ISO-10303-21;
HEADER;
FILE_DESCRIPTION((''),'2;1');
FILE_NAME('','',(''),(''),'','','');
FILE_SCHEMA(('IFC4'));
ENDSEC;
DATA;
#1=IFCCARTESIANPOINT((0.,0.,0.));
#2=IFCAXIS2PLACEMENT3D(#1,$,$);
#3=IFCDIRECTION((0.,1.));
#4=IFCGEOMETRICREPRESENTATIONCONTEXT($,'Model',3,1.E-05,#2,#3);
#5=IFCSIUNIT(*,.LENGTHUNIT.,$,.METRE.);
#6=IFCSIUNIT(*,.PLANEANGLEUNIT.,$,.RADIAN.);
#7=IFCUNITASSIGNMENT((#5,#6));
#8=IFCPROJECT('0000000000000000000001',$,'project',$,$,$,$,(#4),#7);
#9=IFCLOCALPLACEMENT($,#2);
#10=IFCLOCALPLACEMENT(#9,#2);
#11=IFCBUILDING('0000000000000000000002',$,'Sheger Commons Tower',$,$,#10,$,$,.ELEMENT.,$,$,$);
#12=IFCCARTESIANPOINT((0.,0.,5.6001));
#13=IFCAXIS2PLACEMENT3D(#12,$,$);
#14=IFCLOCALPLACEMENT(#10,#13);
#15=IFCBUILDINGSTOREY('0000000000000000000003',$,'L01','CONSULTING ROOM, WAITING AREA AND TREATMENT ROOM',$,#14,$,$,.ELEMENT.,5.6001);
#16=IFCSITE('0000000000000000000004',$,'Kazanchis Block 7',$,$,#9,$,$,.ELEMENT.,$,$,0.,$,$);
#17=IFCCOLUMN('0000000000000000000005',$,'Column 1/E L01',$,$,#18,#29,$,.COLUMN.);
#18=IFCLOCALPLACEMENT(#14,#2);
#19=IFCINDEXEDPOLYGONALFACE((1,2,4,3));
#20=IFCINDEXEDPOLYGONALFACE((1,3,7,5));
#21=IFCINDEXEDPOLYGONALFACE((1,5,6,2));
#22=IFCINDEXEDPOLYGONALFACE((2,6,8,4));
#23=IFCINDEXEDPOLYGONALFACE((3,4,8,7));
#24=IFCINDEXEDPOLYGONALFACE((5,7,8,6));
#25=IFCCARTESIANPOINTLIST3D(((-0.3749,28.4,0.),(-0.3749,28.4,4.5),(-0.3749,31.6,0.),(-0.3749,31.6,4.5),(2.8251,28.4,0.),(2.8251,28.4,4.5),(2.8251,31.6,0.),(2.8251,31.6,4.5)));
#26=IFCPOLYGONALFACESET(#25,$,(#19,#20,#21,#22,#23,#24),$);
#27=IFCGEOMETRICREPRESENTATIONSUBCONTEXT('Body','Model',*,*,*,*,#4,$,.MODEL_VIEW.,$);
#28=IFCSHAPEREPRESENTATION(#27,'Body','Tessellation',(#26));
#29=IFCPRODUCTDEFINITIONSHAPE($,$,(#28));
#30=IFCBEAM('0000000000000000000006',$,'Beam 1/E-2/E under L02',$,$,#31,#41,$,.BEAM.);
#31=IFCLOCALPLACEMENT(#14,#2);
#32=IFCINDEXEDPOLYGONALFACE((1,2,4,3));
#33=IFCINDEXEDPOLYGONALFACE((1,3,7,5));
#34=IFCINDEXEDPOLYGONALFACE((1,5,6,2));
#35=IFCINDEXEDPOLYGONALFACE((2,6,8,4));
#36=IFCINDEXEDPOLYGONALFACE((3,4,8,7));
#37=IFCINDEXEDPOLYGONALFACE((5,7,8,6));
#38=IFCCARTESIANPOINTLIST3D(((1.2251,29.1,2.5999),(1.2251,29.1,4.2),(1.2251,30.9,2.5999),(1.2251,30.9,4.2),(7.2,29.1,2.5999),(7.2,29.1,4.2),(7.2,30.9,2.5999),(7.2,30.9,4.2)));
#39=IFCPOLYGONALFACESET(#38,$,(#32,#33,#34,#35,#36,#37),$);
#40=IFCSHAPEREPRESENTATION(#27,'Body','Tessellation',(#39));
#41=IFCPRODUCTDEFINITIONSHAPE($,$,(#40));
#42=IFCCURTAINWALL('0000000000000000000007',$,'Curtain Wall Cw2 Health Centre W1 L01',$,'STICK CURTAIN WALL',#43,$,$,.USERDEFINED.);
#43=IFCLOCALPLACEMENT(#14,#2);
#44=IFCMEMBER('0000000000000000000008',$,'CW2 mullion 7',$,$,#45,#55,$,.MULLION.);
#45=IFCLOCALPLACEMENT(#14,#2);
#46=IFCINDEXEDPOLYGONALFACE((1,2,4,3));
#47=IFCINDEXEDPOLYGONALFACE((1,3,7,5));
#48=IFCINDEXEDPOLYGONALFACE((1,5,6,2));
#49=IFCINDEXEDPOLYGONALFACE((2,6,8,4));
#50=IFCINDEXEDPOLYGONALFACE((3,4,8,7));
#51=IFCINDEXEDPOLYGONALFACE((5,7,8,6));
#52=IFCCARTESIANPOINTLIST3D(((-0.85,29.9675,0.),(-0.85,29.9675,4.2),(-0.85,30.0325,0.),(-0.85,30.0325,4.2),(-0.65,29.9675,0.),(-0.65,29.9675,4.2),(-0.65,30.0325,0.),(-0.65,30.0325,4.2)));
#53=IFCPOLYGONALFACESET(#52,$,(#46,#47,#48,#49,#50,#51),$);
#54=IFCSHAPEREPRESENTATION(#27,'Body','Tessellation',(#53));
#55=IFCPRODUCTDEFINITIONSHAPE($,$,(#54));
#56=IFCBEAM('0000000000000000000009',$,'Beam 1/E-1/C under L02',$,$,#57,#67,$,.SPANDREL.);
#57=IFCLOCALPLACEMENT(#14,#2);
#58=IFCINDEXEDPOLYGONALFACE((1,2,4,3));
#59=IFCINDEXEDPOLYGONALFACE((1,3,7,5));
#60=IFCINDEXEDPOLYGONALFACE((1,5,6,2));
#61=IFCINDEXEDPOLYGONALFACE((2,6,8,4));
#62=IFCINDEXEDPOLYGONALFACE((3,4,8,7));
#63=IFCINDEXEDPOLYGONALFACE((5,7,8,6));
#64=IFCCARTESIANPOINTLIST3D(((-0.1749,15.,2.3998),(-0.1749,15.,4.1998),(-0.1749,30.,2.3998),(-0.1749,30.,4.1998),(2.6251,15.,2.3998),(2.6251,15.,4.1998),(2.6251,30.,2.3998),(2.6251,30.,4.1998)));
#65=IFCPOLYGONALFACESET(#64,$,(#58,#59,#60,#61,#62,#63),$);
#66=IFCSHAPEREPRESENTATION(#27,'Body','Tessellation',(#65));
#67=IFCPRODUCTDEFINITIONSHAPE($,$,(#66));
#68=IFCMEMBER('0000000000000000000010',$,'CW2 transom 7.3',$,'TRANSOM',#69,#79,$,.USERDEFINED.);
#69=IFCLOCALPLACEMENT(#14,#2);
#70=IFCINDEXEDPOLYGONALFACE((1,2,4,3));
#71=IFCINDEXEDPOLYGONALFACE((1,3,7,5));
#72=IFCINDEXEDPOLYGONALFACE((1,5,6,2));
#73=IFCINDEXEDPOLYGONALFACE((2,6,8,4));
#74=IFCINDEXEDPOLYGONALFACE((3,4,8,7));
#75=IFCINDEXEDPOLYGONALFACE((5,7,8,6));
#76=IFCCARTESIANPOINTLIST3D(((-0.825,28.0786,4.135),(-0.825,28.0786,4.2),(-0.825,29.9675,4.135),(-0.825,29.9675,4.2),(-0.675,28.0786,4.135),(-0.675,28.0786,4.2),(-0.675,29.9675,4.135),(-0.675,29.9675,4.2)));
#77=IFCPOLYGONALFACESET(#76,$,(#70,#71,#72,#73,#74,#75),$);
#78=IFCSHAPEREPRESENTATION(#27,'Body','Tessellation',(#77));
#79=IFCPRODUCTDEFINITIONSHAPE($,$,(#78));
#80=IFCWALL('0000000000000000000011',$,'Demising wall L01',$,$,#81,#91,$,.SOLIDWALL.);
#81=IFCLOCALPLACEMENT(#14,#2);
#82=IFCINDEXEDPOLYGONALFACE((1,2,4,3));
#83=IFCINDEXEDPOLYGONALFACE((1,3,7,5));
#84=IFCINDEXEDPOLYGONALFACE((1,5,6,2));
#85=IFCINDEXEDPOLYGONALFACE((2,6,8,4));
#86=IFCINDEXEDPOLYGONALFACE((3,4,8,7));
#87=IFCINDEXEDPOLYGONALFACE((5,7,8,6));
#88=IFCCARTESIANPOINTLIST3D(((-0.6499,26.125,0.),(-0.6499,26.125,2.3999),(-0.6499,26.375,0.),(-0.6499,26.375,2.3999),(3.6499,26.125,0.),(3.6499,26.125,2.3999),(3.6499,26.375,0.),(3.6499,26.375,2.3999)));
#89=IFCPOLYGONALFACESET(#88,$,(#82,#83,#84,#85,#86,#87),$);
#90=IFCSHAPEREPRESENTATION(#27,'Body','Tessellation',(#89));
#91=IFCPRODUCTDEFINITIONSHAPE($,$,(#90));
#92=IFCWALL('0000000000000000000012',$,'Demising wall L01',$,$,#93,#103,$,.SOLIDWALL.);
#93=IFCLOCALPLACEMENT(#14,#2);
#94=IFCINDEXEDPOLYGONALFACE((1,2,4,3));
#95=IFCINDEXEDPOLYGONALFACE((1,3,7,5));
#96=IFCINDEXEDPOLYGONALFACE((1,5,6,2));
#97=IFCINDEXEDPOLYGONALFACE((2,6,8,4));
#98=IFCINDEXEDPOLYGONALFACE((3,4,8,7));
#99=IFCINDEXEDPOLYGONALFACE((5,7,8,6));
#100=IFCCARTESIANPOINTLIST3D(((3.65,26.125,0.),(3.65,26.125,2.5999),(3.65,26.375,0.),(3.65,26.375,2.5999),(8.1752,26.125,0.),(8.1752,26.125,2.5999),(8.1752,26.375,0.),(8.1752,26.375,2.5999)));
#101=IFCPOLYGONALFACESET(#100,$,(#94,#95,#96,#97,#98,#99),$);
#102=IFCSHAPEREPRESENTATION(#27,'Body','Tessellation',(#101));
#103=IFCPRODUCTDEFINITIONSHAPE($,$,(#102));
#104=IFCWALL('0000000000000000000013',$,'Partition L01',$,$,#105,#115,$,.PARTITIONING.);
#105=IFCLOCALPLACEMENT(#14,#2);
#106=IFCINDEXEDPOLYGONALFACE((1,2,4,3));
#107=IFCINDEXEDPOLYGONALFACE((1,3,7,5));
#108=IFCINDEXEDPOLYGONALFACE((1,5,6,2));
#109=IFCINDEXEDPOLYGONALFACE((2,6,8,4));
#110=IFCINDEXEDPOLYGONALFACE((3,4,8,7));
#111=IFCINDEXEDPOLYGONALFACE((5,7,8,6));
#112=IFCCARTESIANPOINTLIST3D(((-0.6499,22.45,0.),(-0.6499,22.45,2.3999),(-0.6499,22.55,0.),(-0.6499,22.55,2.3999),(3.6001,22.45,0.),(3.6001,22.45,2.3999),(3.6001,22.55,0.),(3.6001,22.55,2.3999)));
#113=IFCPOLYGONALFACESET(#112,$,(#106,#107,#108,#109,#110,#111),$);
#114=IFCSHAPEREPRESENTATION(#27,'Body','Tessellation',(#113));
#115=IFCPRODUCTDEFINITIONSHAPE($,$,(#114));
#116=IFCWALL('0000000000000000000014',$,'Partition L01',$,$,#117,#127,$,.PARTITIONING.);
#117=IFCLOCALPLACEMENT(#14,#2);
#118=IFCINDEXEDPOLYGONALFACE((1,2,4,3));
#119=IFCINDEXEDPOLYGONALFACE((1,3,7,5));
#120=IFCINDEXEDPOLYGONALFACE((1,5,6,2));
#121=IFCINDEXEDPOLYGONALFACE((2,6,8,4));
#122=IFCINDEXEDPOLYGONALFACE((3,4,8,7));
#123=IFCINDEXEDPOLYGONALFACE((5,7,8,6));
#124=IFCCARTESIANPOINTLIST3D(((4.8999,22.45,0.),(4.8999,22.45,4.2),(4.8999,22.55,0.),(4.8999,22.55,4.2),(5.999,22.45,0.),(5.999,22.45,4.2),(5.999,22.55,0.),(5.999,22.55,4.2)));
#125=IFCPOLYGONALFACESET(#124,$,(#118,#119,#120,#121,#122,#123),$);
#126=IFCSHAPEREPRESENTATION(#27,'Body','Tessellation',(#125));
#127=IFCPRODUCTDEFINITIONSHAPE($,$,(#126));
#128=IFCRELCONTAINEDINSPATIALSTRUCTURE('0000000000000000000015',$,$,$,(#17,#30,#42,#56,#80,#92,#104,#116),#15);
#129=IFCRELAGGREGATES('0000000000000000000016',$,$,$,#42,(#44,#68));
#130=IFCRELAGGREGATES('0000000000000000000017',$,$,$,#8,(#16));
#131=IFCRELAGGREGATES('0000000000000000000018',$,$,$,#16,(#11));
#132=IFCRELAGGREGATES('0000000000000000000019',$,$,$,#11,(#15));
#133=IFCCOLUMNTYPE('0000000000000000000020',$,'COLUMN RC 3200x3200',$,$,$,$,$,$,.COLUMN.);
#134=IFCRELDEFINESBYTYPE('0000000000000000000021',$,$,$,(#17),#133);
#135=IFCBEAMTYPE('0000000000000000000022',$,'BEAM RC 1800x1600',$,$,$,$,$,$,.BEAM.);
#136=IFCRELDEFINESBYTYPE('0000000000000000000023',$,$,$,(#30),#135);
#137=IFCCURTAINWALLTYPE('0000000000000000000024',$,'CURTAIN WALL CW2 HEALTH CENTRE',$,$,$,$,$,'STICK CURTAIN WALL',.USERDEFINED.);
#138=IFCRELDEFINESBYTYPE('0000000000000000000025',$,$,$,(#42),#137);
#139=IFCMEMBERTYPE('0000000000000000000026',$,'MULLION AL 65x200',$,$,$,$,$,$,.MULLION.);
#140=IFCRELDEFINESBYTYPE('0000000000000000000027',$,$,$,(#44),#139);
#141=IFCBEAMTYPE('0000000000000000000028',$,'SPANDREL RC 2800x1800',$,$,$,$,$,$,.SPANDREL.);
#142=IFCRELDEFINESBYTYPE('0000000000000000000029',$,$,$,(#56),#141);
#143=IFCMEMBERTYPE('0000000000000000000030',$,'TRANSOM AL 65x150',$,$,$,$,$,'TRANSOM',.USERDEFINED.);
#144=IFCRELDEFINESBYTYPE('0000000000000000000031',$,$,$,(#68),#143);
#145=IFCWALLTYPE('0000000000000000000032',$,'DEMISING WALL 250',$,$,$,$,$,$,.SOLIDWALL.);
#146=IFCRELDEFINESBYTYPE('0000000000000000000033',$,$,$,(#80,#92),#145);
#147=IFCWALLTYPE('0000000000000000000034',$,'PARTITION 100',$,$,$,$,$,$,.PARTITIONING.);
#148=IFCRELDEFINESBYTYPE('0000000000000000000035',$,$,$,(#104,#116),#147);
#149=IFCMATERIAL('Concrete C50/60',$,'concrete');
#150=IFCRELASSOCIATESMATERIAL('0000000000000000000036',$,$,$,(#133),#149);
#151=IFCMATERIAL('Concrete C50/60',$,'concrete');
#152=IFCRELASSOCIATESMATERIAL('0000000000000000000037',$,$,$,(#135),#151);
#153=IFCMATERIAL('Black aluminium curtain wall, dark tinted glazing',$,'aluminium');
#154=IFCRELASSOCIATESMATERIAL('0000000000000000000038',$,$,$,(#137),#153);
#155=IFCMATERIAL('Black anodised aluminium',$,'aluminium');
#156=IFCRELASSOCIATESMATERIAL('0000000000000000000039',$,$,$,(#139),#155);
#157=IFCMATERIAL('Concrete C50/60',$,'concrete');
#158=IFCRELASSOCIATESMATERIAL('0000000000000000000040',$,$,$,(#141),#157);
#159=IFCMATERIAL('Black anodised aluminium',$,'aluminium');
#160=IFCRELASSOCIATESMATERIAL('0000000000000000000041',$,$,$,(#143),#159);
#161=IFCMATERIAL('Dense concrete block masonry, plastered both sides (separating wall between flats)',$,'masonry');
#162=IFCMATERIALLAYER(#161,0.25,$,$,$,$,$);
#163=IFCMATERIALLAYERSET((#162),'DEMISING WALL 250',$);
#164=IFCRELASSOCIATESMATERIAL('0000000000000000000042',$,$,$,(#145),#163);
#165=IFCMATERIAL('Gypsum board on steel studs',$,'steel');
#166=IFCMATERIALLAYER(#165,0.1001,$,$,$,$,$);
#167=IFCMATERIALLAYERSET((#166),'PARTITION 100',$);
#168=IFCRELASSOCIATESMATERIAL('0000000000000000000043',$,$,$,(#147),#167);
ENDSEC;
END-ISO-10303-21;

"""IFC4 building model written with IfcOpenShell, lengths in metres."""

from ifc_helpers import new_model, si_unit, direction, frame, frame_2d, origin, origin_2d, place, context, subcontext, project, spatial, rectangle, extrude, material, layer, layer_set, material_profile, profile_set, type_object, element, aggregate, save


model = new_model("IFC4")

# Units and contexts
model_context = context("Model", 3, precision=1e-05, world=origin(), true_north=direction((0.0, 1.0)))
body_context = subcontext(model_context, "Body", "Model", "MODEL_VIEW")
ifc_project = project(units=[si_unit("LENGTHUNIT", "METRE"), si_unit("PLANEANGLEUNIT", "RADIAN")], contexts=[model_context])

# Site, building, storey
site_placement = place(None, origin())
site = spatial("IfcSite", under=ifc_project, at=site_placement, Name="Kazanchis Block 7", CompositionType="ELEMENT", RefElevation=0.0)
building_placement = place(site_placement, origin())
building = spatial("IfcBuilding", under=site, at=building_placement, Name="Sheger Commons Tower", CompositionType="ELEMENT")
storey_placement = place(building_placement, frame((0.0, 0.0, 5.6001)))
storey = spatial("IfcBuildingStorey", under=building, at=storey_placement, Name="L01", Description="CONSULTING ROOM, WAITING AREA AND TREATMENT ROOM", CompositionType="ELEMENT", Elevation=5.6001)

# Column
ifc_material_1 = material(Name="Concrete C50/60", Category="concrete")
ifc_material_profile_1 = material_profile(ifc_material_1, rectangle(XDim=3.2, YDim=3.2, at=origin_2d()), Name="RC 3200x3200")
ifc_profile_set_1 = profile_set([ifc_material_profile_1], Name="Concrete C50/60")
column_type = type_object("IfcColumnType", Name="COLUMN RC 3200x3200", PredefinedType="COLUMN", material=ifc_profile_set_1)
column_placement = place(storey_placement, frame((1.2251, 30.0, 0.0), z_axis=(0.0, 0.0, 1.0), x_axis=(1.0, 0.0, 0.0)))
element("IfcColumn", 1, at=column_placement, inside=storey, type_object=column_type, Name="Column 1/E L01", PredefinedType="COLUMN", context=body_context, shape_type="SweptSolid", body=[
    extrude(rectangle(XDim=3.2, YDim=3.2, at=origin_2d()), origin(), (0.0, 0.0, 1.0), 4.5),
])

# Beam
ifc_material_2 = material(Name="Concrete C50/60", Category="concrete")
ifc_material_profile_2 = material_profile(ifc_material_2, rectangle(XDim=1.8, YDim=1.6001, at=origin_2d()), Name="RC 1800x1600")
ifc_profile_set_2 = profile_set([ifc_material_profile_2], Name="Concrete C50/60")
beam_type_1 = type_object("IfcBeamType", Name="BEAM RC 1800x1600", PredefinedType="BEAM", material=ifc_profile_set_2)
beam_1_placement = place(storey_placement, frame((1.2251, 30.0, 3.3999), z_axis=(1.0, 0.0, 0.0), x_axis=(0.0, 1.0, 0.0)))
element("IfcBeam", 2, at=beam_1_placement, inside=storey, type_object=beam_type_1, Name="Beam 1/E-2/E under L02", PredefinedType="BEAM", context=body_context, shape_type="SweptSolid", body=[
    extrude(rectangle(XDim=1.8, YDim=1.6001, at=origin_2d()), origin(), (0.0, 0.0, 1.0), 5.9749),
])

# Curtain wall, member
ifc_material_3 = material(Name="Black aluminium curtain wall, dark tinted glazing", Category="aluminium")
curtain_wall_type = type_object("IfcCurtainWallType", Name="CURTAIN WALL CW2 HEALTH CENTRE", ElementType="STICK CURTAIN WALL", PredefinedType="USERDEFINED", material=ifc_material_3)
curtain_wall_placement = place(storey_placement, origin())
curtain_wall = element("IfcCurtainWall", 3, at=curtain_wall_placement, inside=storey, type_object=curtain_wall_type, Name="Curtain Wall Cw2 Health Centre W1 L01", ObjectType="STICK CURTAIN WALL", PredefinedType="USERDEFINED")
ifc_material_4 = material(Name="Black anodised aluminium", Category="aluminium")
ifc_material_profile_3 = material_profile(ifc_material_4, rectangle(XDim=0.2, YDim=0.0649, at=origin_2d()), Name="AL 65x200")
ifc_profile_set_3 = profile_set([ifc_material_profile_3], Name="Black anodised aluminium")
member_type_1 = type_object("IfcMemberType", Name="MULLION AL 65x200", PredefinedType="MULLION", material=ifc_profile_set_3)
member_1_placement = place(storey_placement, frame((-0.75, 30.0, 0.0), z_axis=(0.0, 0.0, 1.0), x_axis=(1.0, 0.0, 0.0)))
member_1 = element("IfcMember", 4, at=member_1_placement, type_object=member_type_1, Name="CW2 mullion 7", PredefinedType="MULLION", context=body_context, shape_type="SweptSolid", body=[
    extrude(rectangle(XDim=0.2, YDim=0.0649, at=origin_2d()), origin(), (0.0, 0.0, 1.0), 4.2),
])

# Beam
ifc_material_5 = material(Name="Concrete C50/60", Category="concrete")
ifc_material_profile_4 = material_profile(ifc_material_5, rectangle(XDim=2.8, YDim=1.8, at=origin_2d()), Name="RC 2800x1800")
ifc_profile_set_4 = profile_set([ifc_material_profile_4], Name="Concrete C50/60")
beam_type_2 = type_object("IfcBeamType", Name="SPANDREL RC 2800x1800", PredefinedType="SPANDREL", material=ifc_profile_set_4)
beam_2_placement = place(storey_placement, frame((1.2251, 30.0, 3.2998), z_axis=(0.0, -1.0, 0.0), x_axis=(1.0, 0.0, 0.0)))
element("IfcBeam", 5, at=beam_2_placement, inside=storey, type_object=beam_type_2, Name="Beam 1/E-1/C under L02", PredefinedType="SPANDREL", context=body_context, shape_type="SweptSolid", body=[
    extrude(rectangle(XDim=2.8, YDim=1.8, at=origin_2d()), origin(), (0.0, 0.0, 1.0), 15.0),
])

# Member
ifc_material_6 = material(Name="Black anodised aluminium", Category="aluminium")
ifc_material_profile_5 = material_profile(ifc_material_6, rectangle(XDim=0.1499, YDim=0.0649, at=origin_2d()), Name="AL 65x150")
ifc_profile_set_5 = profile_set([ifc_material_profile_5], Name="Black anodised aluminium")
member_type_2 = type_object("IfcMemberType", Name="TRANSOM AL 65x150", ElementType="TRANSOM", PredefinedType="USERDEFINED", material=ifc_profile_set_5)
member_2_placement = place(storey_placement, frame((-0.75, 29.9675, 4.1675), z_axis=(0.0, -1.0, 0.0), x_axis=(1.0, 0.0, 0.0)))
member_2 = element("IfcMember", 6, at=member_2_placement, type_object=member_type_2, Name="CW2 transom 7.3", ObjectType="TRANSOM", PredefinedType="USERDEFINED", context=body_context, shape_type="SweptSolid", body=[
    extrude(rectangle(XDim=0.1499, YDim=0.0649, at=origin_2d()), origin(), (0.0, 0.0, 1.0), 1.8889),
])
aggregate(curtain_wall, [member_1, member_2])

# Walls
ifc_material_7 = material(Name="Dense concrete block masonry, plastered both sides (separating wall between flats)", Category="masonry")
ifc_layer_1 = layer(ifc_material_7, 0.25)
ifc_layer_set_1 = layer_set([ifc_layer_1], Name="DEMISING WALL 250")
wall_type_1 = type_object("IfcWallType", Name="DEMISING WALL 250", PredefinedType="SOLIDWALL", material=ifc_layer_set_1)
wall_1_placement = place(storey_placement, frame((-0.6499, 26.25, 0.0), z_axis=(0.0, 0.0, 1.0), x_axis=(1.0, 0.0, 0.0)))
element("IfcWall", 7, at=wall_1_placement, inside=storey, type_object=wall_type_1, Name="Demising wall L01", PredefinedType="SOLIDWALL", context=body_context, shape_type="SweptSolid", body=[
    extrude(rectangle(XDim=4.2998, YDim=0.25, at=frame_2d((2.1499, 0.0))), origin(), (0.0, 0.0, 1.0), 2.3999),
])
wall_2_placement = place(storey_placement, frame((3.6499, 26.25, 0.0), z_axis=(0.0, 0.0, 1.0), x_axis=(1.0, 0.0, 0.0)))
element("IfcWall", 8, at=wall_2_placement, inside=storey, type_object=wall_type_1, Name="Demising wall L01", PredefinedType="SOLIDWALL", context=body_context, shape_type="SweptSolid", body=[
    extrude(rectangle(XDim=4.5251, YDim=0.25, at=frame_2d((2.2627, 0.0))), origin(), (0.0, 0.0, 1.0), 2.5999),
])
ifc_material_8 = material(Name="Gypsum board on steel studs", Category="steel")
ifc_layer_2 = layer(ifc_material_8, 0.1001)
ifc_layer_set_2 = layer_set([ifc_layer_2], Name="PARTITION 100")
wall_type_2 = type_object("IfcWallType", Name="PARTITION 100", PredefinedType="PARTITIONING", material=ifc_layer_set_2)
wall_3_placement = place(storey_placement, frame((-0.6499, 22.5, 0.0), z_axis=(0.0, 0.0, 1.0), x_axis=(1.0, 0.0, 0.0)))
element("IfcWall", 9, at=wall_3_placement, inside=storey, type_object=wall_type_2, Name="Partition L01", PredefinedType="PARTITIONING", context=body_context, shape_type="SweptSolid", body=[
    extrude(rectangle(XDim=4.25, YDim=0.1001, at=frame_2d((2.125, 0.0))), origin(), (0.0, 0.0, 1.0), 2.3999),
])
wall_4_placement = place(storey_placement, frame((4.8999, 22.5, 0.0), z_axis=(0.0, 0.0, 1.0), x_axis=(1.0, 0.0, 0.0)))
element("IfcWall", 10, at=wall_4_placement, inside=storey, type_object=wall_type_2, Name="Partition L01", PredefinedType="PARTITIONING", context=body_context, shape_type="SweptSolid", body=[
    extrude(rectangle(XDim=1.0991, YDim=0.1001, at=frame_2d((0.5496, 0.0))), origin(), (0.0, 0.0, 1.0), 4.2),
])

save(model, "model.ifc")
